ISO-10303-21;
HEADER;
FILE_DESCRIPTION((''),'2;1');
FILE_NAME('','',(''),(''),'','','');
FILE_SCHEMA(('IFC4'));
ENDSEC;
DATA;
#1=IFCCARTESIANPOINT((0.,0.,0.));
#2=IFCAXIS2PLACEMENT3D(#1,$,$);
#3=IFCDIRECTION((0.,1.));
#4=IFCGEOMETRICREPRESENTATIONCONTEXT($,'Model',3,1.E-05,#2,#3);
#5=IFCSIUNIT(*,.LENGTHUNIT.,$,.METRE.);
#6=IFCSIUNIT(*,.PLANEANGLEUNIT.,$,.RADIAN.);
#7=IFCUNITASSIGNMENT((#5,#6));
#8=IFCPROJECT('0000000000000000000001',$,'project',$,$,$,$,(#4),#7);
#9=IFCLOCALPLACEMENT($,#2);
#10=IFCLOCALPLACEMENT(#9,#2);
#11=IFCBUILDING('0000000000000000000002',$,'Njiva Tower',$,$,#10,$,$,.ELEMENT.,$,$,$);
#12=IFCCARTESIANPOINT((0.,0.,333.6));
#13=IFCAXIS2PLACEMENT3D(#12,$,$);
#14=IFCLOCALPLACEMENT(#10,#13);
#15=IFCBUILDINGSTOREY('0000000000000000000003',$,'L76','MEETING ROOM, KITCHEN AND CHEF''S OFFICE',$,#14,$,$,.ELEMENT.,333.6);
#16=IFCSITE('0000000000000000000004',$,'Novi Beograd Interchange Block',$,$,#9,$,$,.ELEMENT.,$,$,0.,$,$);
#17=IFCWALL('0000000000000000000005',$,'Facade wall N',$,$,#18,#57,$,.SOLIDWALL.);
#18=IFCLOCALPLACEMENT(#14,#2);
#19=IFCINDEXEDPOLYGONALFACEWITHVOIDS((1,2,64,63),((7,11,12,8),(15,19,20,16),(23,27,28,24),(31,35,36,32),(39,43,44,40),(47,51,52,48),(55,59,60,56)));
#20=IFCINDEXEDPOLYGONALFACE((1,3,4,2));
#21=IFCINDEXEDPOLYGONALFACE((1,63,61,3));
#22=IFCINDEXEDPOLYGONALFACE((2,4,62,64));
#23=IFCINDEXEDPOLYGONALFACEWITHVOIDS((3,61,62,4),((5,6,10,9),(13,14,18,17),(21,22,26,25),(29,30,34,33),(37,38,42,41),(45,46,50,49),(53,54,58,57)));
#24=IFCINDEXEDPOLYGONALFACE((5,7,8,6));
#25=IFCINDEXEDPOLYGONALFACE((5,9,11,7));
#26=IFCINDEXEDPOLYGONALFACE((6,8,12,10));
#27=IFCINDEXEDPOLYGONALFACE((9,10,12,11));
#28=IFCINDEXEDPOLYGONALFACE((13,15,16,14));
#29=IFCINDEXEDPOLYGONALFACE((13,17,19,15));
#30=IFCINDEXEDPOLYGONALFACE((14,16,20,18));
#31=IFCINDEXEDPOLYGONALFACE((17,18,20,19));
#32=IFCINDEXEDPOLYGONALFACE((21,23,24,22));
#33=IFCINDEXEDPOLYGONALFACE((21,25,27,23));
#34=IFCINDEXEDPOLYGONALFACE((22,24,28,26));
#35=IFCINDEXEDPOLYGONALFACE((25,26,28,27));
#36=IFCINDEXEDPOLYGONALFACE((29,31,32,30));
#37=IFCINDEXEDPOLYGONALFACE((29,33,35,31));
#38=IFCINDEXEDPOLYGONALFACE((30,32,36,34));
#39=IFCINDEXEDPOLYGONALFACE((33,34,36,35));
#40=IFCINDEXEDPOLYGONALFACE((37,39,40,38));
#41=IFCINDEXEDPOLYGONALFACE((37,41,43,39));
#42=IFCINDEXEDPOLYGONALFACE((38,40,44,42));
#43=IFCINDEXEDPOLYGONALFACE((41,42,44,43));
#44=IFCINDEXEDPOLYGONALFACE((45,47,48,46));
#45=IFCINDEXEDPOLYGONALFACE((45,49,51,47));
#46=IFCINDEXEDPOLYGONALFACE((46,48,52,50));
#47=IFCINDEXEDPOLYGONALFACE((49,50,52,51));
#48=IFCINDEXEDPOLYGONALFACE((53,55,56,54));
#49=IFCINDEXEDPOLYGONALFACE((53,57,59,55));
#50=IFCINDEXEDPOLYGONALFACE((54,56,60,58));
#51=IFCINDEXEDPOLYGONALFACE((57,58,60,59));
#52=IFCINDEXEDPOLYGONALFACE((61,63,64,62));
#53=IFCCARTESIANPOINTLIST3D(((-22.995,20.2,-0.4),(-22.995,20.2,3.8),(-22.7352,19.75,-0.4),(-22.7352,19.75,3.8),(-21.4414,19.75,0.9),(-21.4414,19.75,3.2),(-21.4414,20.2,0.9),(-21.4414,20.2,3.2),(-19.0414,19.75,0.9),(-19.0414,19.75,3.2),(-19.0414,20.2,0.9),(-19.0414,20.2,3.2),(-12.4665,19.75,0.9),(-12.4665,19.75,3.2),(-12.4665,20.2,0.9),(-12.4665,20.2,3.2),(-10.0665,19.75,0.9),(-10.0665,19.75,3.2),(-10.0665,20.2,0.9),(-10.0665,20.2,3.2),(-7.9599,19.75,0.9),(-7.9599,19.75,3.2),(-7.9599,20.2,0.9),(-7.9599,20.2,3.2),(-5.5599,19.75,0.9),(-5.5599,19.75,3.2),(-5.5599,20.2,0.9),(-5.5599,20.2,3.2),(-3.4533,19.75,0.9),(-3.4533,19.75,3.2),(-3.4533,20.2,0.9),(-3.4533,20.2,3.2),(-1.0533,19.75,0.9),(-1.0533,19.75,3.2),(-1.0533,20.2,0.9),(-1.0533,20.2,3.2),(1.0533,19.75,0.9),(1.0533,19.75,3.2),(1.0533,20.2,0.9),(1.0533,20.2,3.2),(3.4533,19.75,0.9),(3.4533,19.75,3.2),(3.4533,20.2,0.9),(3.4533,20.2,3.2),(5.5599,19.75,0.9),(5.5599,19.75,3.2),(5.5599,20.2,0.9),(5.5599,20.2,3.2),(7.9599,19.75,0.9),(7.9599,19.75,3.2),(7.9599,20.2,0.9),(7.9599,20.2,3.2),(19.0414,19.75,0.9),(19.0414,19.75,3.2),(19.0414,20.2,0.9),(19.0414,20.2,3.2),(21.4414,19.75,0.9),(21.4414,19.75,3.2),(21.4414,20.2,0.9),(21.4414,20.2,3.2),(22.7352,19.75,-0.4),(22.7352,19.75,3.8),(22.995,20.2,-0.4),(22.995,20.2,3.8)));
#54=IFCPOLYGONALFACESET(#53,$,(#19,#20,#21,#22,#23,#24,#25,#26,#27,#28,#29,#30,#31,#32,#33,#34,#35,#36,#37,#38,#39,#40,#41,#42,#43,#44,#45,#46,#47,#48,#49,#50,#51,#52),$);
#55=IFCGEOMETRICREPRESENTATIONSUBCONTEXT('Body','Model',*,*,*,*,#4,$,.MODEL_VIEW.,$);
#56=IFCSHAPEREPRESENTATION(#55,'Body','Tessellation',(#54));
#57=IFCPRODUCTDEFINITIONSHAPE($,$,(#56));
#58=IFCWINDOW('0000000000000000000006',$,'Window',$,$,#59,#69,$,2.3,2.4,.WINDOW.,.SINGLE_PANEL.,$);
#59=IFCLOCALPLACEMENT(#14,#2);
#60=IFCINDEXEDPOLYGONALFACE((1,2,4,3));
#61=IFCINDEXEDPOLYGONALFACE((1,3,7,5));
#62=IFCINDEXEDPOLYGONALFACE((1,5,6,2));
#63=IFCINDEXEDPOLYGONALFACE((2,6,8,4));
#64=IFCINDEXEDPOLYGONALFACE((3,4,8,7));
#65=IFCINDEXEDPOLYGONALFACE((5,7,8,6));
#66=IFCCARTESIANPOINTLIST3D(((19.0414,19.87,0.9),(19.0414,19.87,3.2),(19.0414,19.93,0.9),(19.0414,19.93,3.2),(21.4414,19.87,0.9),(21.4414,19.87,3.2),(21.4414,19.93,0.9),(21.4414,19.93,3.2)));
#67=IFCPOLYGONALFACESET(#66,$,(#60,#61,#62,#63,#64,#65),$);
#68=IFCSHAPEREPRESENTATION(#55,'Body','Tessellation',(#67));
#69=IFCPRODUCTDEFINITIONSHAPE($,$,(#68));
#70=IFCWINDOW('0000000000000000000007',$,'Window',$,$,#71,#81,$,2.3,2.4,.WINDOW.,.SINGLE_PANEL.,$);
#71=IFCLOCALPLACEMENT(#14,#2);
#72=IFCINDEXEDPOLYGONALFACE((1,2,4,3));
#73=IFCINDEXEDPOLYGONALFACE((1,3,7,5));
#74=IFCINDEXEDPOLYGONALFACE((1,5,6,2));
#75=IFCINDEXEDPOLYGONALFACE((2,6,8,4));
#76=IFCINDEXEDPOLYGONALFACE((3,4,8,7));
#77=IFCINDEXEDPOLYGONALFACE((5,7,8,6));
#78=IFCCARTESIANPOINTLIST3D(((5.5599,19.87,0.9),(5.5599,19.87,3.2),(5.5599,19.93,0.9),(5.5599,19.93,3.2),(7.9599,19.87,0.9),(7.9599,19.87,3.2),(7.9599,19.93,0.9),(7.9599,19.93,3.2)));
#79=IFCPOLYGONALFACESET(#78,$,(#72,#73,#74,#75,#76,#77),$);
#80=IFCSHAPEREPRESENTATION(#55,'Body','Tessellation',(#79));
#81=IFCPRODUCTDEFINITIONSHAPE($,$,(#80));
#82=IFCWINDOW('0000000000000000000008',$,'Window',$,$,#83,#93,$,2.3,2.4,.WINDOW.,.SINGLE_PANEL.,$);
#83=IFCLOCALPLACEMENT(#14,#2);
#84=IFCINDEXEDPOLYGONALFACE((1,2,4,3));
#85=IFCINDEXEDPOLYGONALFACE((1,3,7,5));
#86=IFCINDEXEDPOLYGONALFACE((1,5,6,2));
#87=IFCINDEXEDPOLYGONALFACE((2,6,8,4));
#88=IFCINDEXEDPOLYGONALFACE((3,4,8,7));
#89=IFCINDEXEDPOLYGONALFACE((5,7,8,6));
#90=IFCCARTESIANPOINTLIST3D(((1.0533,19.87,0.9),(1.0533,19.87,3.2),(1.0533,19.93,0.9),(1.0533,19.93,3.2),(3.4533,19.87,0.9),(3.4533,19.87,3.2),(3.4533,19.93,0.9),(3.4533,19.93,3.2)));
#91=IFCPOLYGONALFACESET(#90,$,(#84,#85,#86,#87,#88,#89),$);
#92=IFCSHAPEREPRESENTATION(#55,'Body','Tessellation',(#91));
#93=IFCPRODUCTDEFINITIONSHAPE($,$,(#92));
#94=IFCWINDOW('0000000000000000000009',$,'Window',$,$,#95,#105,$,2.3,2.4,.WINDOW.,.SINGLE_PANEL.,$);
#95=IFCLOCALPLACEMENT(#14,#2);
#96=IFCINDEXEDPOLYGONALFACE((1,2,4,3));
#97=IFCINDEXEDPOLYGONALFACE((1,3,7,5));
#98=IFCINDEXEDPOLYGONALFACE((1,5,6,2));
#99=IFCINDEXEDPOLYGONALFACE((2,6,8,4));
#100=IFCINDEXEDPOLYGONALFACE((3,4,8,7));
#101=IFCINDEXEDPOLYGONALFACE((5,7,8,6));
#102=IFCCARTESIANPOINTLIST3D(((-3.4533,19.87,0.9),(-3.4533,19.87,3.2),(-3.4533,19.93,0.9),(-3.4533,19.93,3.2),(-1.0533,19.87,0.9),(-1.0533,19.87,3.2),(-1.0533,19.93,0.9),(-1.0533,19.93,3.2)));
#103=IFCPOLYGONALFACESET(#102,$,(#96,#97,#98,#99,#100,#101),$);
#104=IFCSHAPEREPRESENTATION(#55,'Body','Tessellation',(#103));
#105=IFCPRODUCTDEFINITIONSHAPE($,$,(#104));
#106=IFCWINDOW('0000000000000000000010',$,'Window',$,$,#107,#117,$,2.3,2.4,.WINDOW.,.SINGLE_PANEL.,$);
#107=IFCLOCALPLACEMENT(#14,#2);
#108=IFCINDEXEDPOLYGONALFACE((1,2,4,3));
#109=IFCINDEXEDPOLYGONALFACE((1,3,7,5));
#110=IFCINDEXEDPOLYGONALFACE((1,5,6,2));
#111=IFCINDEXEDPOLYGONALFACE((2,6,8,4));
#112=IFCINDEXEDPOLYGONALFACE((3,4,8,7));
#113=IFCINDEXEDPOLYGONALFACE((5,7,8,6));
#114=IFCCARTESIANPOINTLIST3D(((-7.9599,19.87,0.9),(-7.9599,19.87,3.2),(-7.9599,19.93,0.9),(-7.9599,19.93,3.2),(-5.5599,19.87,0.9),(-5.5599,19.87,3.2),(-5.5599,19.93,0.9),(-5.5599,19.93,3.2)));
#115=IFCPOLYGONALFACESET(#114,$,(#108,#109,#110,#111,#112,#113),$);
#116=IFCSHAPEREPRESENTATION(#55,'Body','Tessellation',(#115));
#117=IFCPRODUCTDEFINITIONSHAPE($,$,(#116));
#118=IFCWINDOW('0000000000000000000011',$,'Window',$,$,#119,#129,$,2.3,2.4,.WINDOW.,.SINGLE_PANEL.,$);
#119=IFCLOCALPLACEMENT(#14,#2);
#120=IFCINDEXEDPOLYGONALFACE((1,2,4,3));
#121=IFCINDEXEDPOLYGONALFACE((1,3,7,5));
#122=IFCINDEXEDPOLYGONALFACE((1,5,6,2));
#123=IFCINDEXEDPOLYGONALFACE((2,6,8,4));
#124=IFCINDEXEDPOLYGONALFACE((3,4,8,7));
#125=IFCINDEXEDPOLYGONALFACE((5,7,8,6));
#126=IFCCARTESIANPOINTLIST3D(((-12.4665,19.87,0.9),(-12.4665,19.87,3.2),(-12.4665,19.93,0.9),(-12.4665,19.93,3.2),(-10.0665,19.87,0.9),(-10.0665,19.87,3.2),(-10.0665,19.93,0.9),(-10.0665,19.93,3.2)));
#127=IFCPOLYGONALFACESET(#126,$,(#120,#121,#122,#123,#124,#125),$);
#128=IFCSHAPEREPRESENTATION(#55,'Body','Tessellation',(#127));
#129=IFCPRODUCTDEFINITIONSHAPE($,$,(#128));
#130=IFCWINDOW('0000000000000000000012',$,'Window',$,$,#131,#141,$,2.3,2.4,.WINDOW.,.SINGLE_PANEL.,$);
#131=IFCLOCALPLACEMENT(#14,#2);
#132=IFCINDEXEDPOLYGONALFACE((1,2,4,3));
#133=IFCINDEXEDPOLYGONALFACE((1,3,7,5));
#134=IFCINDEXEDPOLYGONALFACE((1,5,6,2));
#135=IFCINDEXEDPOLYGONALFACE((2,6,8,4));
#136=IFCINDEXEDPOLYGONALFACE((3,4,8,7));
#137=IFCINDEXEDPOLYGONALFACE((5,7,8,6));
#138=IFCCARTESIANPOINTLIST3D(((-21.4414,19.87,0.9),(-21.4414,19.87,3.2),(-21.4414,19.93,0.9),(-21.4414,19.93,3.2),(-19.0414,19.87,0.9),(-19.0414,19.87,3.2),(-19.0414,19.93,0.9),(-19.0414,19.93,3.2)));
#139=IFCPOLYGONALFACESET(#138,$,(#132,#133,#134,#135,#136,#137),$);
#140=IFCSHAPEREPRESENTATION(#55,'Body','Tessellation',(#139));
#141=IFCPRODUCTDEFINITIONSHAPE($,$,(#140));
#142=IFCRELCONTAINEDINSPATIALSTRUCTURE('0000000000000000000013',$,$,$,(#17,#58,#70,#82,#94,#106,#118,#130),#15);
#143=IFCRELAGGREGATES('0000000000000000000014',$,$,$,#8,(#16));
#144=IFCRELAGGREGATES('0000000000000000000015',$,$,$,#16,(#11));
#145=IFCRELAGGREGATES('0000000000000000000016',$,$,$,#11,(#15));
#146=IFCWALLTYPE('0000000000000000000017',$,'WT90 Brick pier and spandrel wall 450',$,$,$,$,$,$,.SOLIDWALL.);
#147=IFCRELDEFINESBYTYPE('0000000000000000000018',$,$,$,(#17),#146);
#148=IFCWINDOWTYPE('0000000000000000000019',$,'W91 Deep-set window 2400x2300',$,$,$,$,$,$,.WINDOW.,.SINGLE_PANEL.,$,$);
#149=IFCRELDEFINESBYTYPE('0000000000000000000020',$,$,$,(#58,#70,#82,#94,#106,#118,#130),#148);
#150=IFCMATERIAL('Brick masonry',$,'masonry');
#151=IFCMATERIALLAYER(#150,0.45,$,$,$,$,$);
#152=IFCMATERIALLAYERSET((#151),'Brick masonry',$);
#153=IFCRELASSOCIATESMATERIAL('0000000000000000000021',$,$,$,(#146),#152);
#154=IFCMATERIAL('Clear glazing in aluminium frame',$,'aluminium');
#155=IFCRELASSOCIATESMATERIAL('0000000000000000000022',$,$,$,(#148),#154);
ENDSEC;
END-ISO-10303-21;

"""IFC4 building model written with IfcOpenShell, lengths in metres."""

from ifc_helpers import new_model, si_unit, direction, frame, frame_2d, origin, place, context, subcontext, project, spatial, polyline, rectangle, outline, extrude, material, layer, layer_set, type_object, element, fill, save


model = new_model("IFC4")

# Units and contexts
model_context = context("Model", 3, precision=1e-05, world=origin(), true_north=direction((0.0, 1.0)))
body_context = subcontext(model_context, "Body", "Model", "MODEL_VIEW")
ifc_project = project(units=[si_unit("LENGTHUNIT", "METRE"), si_unit("PLANEANGLEUNIT", "RADIAN")], contexts=[model_context])

# Site, building, storey
site_placement = place(None, origin())
site = spatial("IfcSite", under=ifc_project, at=site_placement, Name="Novi Beograd Interchange Block", CompositionType="ELEMENT", RefElevation=0.0)
building_placement = place(site_placement, origin())
building = spatial("IfcBuilding", under=site, at=building_placement, Name="Njiva Tower", CompositionType="ELEMENT")
storey_placement = place(building_placement, frame((0.0, 0.0, 333.6)))
storey = spatial("IfcBuildingStorey", under=building, at=storey_placement, Name="L76", Description="MEETING ROOM, KITCHEN AND CHEF'S OFFICE", CompositionType="ELEMENT", Elevation=333.6)

# Wall, openings, windows
ifc_material_1 = material(Name="Brick masonry", Category="masonry")
ifc_layer_1 = layer(ifc_material_1, 0.45)
ifc_layer_set_1 = layer_set([ifc_layer_1], Name="Brick masonry")
wall_type_1 = type_object("IfcWallType", Name="WT90 Brick pier and spandrel wall 450", PredefinedType="SOLIDWALL", material=ifc_layer_set_1)
wall_1_placement = place(storey_placement, frame((22.8651, 19.975, -0.4), z_axis=(0.0, 0.0, 1.0), x_axis=(-1.0, 0.0, 0.0)))
wall_1 = element("IfcWall", 1, at=wall_1_placement, inside=storey, type_object=wall_type_1, Name="Facade wall N", PredefinedType="SOLIDWALL", context=body_context, shape_type="SweptSolid", body=[
    extrude(outline(polyline([(-0.1299, -0.225), (45.8601, -0.225), (45.6003, 0.225), (0.1299, 0.225), (-0.1299, -0.225)])), origin(), (0.0, 0.0, 1.0), 4.2),
])
opening_1_placement = place(wall_1_placement, frame((1.4237, 0.0, 1.3)))
opening_1 = element("IfcOpeningElement", 2, at=opening_1_placement, cuts=wall_1, PredefinedType="OPENING", context=body_context, shape_type="SweptSolid", body=[
    extrude(rectangle(XDim=2.4, YDim=2.3, at=frame_2d((1.2, 1.15))), frame((0.0, 0.235, 0.0), z_axis=(0.0, -1.0, 0.0), x_axis=(1.0, 0.0, 0.0)), (0.0, 0.0, 1.0), 0.47),
])
opening_2_placement = place(wall_1_placement, frame((14.9052, 0.0, 1.3)))
opening_2 = element("IfcOpeningElement", 3, at=opening_2_placement, cuts=wall_1, PredefinedType="OPENING", context=body_context, shape_type="SweptSolid", body=[
    extrude(rectangle(XDim=2.4, YDim=2.3, at=frame_2d((1.2, 1.15))), frame((0.0, 0.235, 0.0), z_axis=(0.0, -1.0, 0.0), x_axis=(1.0, 0.0, 0.0)), (0.0, 0.0, 1.0), 0.47),
])
opening_3_placement = place(wall_1_placement, frame((19.4118, 0.0, 1.3)))
opening_3 = element("IfcOpeningElement", 4, at=opening_3_placement, cuts=wall_1, PredefinedType="OPENING", context=body_context, shape_type="SweptSolid", body=[
    extrude(rectangle(XDim=2.4, YDim=2.3, at=frame_2d((1.2, 1.15))), frame((0.0, 0.235, 0.0), z_axis=(0.0, -1.0, 0.0), x_axis=(1.0, 0.0, 0.0)), (0.0, 0.0, 1.0), 0.47),
])
opening_4_placement = place(wall_1_placement, frame((23.9184, 0.0, 1.3)))
opening_4 = element("IfcOpeningElement", 5, at=opening_4_placement, cuts=wall_1, PredefinedType="OPENING", context=body_context, shape_type="SweptSolid", body=[
    extrude(rectangle(XDim=2.4, YDim=2.3, at=frame_2d((1.2, 1.15))), frame((0.0, 0.235, 0.0), z_axis=(0.0, -1.0, 0.0), x_axis=(1.0, 0.0, 0.0)), (0.0, 0.0, 1.0), 0.47),
])
opening_5_placement = place(wall_1_placement, frame((28.425, 0.0, 1.3)))
opening_5 = element("IfcOpeningElement", 6, at=opening_5_placement, cuts=wall_1, PredefinedType="OPENING", context=body_context, shape_type="SweptSolid", body=[
    extrude(rectangle(XDim=2.4, YDim=2.3, at=frame_2d((1.2, 1.15))), frame((0.0, 0.235, 0.0), z_axis=(0.0, -1.0, 0.0), x_axis=(1.0, 0.0, 0.0)), (0.0, 0.0, 1.0), 0.47),
])
opening_6_placement = place(wall_1_placement, frame((32.9316, 0.0, 1.3)))
opening_6 = element("IfcOpeningElement", 7, at=opening_6_placement, cuts=wall_1, PredefinedType="OPENING", context=body_context, shape_type="SweptSolid", body=[
    extrude(rectangle(XDim=2.4, YDim=2.3, at=frame_2d((1.2, 1.15))), frame((0.0, 0.235, 0.0), z_axis=(0.0, -1.0, 0.0), x_axis=(1.0, 0.0, 0.0)), (0.0, 0.0, 1.0), 0.47),
])
opening_7_placement = place(wall_1_placement, frame((41.9065, 0.0, 1.3)))
opening_7 = element("IfcOpeningElement", 8, at=opening_7_placement, cuts=wall_1, PredefinedType="OPENING", context=body_context, shape_type="SweptSolid", body=[
    extrude(rectangle(XDim=2.4, YDim=2.3, at=frame_2d((1.2, 1.15))), frame((0.0, 0.235, 0.0), z_axis=(0.0, -1.0, 0.0), x_axis=(1.0, 0.0, 0.0)), (0.0, 0.0, 1.0), 0.47),
])
ifc_material_2 = material(Name="Clear glazing in aluminium frame", Category="aluminium")
window_type_1 = type_object("IfcWindowType", Name="W91 Deep-set window 2400x2300", PartitioningType="SINGLE_PANEL", PredefinedType="WINDOW", material=ifc_material_2)
window_1_placement = place(opening_1_placement, origin())
window_1 = element("IfcWindow", 9, at=window_1_placement, inside=storey, type_object=window_type_1, Name="Window", OverallHeight=2.3, OverallWidth=2.4, PartitioningType="SINGLE_PANEL", PredefinedType="WINDOW", context=body_context, shape_type="SweptSolid", body=[
    extrude(rectangle(XDim=2.4, YDim=2.3, at=frame_2d((1.2, 1.15))), frame((0.0, 0.105, 0.0), z_axis=(0.0, -1.0, 0.0), x_axis=(1.0, 0.0, 0.0)), (0.0, 0.0, 1.0), 0.06),
])
fill(opening_1, window_1)
window_2_placement = place(opening_2_placement, origin())
window_2 = element("IfcWindow", 10, at=window_2_placement, inside=storey, type_object=window_type_1, Name="Window", OverallHeight=2.3, OverallWidth=2.4, PartitioningType="SINGLE_PANEL", PredefinedType="WINDOW", context=body_context, shape_type="SweptSolid", body=[
    extrude(rectangle(XDim=2.4, YDim=2.3, at=frame_2d((1.2, 1.15))), frame((0.0, 0.105, 0.0), z_axis=(0.0, -1.0, 0.0), x_axis=(1.0, 0.0, 0.0)), (0.0, 0.0, 1.0), 0.06),
])
fill(opening_2, window_2)
window_3_placement = place(opening_3_placement, origin())
window_3 = element("IfcWindow", 11, at=window_3_placement, inside=storey, type_object=window_type_1, Name="Window", OverallHeight=2.3, OverallWidth=2.4, PartitioningType="SINGLE_PANEL", PredefinedType="WINDOW", context=body_context, shape_type="SweptSolid", body=[
    extrude(rectangle(XDim=2.4, YDim=2.3, at=frame_2d((1.2, 1.15))), frame((0.0, 0.105, 0.0), z_axis=(0.0, -1.0, 0.0), x_axis=(1.0, 0.0, 0.0)), (0.0, 0.0, 1.0), 0.06),
])
fill(opening_3, window_3)
window_4_placement = place(opening_4_placement, origin())
window_4 = element("IfcWindow", 12, at=window_4_placement, inside=storey, type_object=window_type_1, Name="Window", OverallHeight=2.3, OverallWidth=2.4, PartitioningType="SINGLE_PANEL", PredefinedType="WINDOW", context=body_context, shape_type="SweptSolid", body=[
    extrude(rectangle(XDim=2.4, YDim=2.3, at=frame_2d((1.2, 1.15))), frame((0.0, 0.105, 0.0), z_axis=(0.0, -1.0, 0.0), x_axis=(1.0, 0.0, 0.0)), (0.0, 0.0, 1.0), 0.06),
])
fill(opening_4, window_4)
window_5_placement = place(opening_5_placement, origin())
window_5 = element("IfcWindow", 13, at=window_5_placement, inside=storey, type_object=window_type_1, Name="Window", OverallHeight=2.3, OverallWidth=2.4, PartitioningType="SINGLE_PANEL", PredefinedType="WINDOW", context=body_context, shape_type="SweptSolid", body=[
    extrude(rectangle(XDim=2.4, YDim=2.3, at=frame_2d((1.2, 1.15))), frame((0.0, 0.105, 0.0), z_axis=(0.0, -1.0, 0.0), x_axis=(1.0, 0.0, 0.0)), (0.0, 0.0, 1.0), 0.06),
])
fill(opening_5, window_5)
window_6_placement = place(opening_6_placement, origin())
window_6 = element("IfcWindow", 14, at=window_6_placement, inside=storey, type_object=window_type_1, Name="Window", OverallHeight=2.3, OverallWidth=2.4, PartitioningType="SINGLE_PANEL", PredefinedType="WINDOW", context=body_context, shape_type="SweptSolid", body=[
    extrude(rectangle(XDim=2.4, YDim=2.3, at=frame_2d((1.2, 1.15))), frame((0.0, 0.105, 0.0), z_axis=(0.0, -1.0, 0.0), x_axis=(1.0, 0.0, 0.0)), (0.0, 0.0, 1.0), 0.06),
])
fill(opening_6, window_6)
window_7_placement = place(opening_7_placement, origin())
window_7 = element("IfcWindow", 15, at=window_7_placement, inside=storey, type_object=window_type_1, Name="Window", OverallHeight=2.3, OverallWidth=2.4, PartitioningType="SINGLE_PANEL", PredefinedType="WINDOW", context=body_context, shape_type="SweptSolid", body=[
    extrude(rectangle(XDim=2.4, YDim=2.3, at=frame_2d((1.2, 1.15))), frame((0.0, 0.105, 0.0), z_axis=(0.0, -1.0, 0.0), x_axis=(1.0, 0.0, 0.0)), (0.0, 0.0, 1.0), 0.06),
])
fill(opening_7, window_7)

save(model, "model.ifc")
